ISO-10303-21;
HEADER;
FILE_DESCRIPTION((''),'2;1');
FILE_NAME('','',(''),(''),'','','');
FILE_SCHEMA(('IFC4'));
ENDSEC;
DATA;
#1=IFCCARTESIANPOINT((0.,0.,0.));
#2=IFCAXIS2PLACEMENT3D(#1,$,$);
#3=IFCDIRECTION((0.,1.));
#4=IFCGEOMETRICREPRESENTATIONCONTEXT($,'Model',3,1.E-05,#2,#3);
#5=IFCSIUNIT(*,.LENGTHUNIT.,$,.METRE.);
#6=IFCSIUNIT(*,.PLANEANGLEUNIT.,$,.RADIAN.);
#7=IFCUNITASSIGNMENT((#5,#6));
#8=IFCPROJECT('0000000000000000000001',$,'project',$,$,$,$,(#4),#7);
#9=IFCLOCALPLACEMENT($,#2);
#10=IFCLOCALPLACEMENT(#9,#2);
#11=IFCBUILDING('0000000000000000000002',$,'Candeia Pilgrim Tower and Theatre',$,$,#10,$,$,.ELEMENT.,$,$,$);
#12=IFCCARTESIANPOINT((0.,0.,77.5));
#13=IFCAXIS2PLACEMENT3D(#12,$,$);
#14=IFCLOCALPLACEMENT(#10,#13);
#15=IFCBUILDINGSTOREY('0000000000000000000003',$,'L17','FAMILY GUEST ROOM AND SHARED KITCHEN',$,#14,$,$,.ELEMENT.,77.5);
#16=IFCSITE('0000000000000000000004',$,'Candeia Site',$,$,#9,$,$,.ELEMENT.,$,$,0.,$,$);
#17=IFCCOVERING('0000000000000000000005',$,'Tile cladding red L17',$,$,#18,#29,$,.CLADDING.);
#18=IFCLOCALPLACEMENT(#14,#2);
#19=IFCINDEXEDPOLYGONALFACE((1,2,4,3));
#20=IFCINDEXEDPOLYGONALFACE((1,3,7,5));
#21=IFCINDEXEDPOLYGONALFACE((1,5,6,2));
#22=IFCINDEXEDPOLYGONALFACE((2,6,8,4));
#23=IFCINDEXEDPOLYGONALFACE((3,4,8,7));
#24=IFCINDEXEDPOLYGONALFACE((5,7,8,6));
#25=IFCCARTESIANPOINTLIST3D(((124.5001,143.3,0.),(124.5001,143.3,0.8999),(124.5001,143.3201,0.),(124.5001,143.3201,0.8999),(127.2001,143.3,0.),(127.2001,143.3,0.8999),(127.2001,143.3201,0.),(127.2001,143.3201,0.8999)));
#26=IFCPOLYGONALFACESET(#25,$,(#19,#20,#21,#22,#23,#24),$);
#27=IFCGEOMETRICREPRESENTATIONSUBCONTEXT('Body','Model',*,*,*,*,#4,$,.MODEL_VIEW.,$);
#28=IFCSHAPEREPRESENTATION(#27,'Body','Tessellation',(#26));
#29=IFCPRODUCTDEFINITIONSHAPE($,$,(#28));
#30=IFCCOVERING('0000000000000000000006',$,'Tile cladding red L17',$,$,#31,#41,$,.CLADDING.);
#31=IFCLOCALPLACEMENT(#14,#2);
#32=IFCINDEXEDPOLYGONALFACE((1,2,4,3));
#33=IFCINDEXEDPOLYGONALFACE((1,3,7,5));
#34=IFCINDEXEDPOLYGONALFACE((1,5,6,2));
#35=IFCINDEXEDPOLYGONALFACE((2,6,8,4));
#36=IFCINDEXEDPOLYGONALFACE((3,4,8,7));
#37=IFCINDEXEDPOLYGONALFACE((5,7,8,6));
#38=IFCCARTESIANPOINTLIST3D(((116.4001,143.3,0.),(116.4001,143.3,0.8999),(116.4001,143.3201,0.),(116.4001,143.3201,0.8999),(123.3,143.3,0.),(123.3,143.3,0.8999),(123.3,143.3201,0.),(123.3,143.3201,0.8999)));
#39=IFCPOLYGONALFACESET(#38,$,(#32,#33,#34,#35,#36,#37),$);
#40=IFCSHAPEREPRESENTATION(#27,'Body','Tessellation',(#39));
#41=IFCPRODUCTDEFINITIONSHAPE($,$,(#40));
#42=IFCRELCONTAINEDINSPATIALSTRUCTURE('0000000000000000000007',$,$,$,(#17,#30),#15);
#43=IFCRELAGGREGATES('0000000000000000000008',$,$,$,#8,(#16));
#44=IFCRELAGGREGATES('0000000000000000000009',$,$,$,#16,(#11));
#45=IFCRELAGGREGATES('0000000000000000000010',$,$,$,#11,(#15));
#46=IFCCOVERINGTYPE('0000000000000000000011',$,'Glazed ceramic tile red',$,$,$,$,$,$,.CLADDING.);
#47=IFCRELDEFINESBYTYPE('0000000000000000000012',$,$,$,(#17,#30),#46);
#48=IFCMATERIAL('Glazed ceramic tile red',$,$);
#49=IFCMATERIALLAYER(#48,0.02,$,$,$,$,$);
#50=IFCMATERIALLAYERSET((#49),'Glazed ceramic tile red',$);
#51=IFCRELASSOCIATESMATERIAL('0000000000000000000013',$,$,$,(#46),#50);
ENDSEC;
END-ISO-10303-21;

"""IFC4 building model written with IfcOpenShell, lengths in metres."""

from ifc_helpers import new_model, si_unit, direction, frame, origin, origin_2d, place, context, subcontext, project, spatial, rectangle, extrude, material, layer, layer_set, type_object, element, save


model = new_model("IFC4")

# Units and contexts
model_context = context("Model", 3, precision=1e-05, world=origin(), true_north=direction((0.0, 1.0)))
body_context = subcontext(model_context, "Body", "Model", "MODEL_VIEW")
ifc_project = project(units=[si_unit("LENGTHUNIT", "METRE"), si_unit("PLANEANGLEUNIT", "RADIAN")], contexts=[model_context])

# Site, building, storey
site_placement = place(None, origin())
site = spatial("IfcSite", under=ifc_project, at=site_placement, Name="Candeia Site", CompositionType="ELEMENT", RefElevation=0.0)
building_placement = place(site_placement, origin())
building = spatial("IfcBuilding", under=site, at=building_placement, Name="Candeia Pilgrim Tower and Theatre", CompositionType="ELEMENT")
storey_placement = place(building_placement, frame((0.0, 0.0, 77.5)))
storey = spatial("IfcBuildingStorey", under=building, at=storey_placement, Name="L17", Description="FAMILY GUEST ROOM AND SHARED KITCHEN", CompositionType="ELEMENT", Elevation=77.5)

# Coverings
ifc_material_1 = material(Name="Glazed ceramic tile red")
ifc_layer_1 = layer(ifc_material_1, 0.02)
ifc_layer_set_1 = layer_set([ifc_layer_1], Name="Glazed ceramic tile red")
covering_type_1 = type_object("IfcCoveringType", Name="Glazed ceramic tile red", PredefinedType="CLADDING", material=ifc_layer_set_1)
covering_1_placement = place(storey_placement, frame((125.8501, 143.3101, 0.0), z_axis=(0.0, 0.0, 1.0), x_axis=(-1.0, 0.0, 0.0)))
element("IfcCovering", 1, at=covering_1_placement, inside=storey, type_object=covering_type_1, Name="Tile cladding red L17", PredefinedType="CLADDING", context=body_context, shape_type="SweptSolid", body=[
    extrude(rectangle(XDim=2.7, YDim=0.02, at=origin_2d()), origin(), (0.0, 0.0, 1.0), 0.8999),
])
covering_2_placement = place(storey_placement, frame((119.8501, 143.3101, 0.0), z_axis=(0.0, 0.0, 1.0), x_axis=(-1.0, 0.0, 0.0)))
element("IfcCovering", 2, at=covering_2_placement, inside=storey, type_object=covering_type_1, Name="Tile cladding red L17", PredefinedType="CLADDING", context=body_context, shape_type="SweptSolid", body=[
    extrude(rectangle(XDim=6.8999, YDim=0.02, at=origin_2d()), origin(), (0.0, 0.0, 1.0), 0.8999),
])

save(model, "model.ifc")
